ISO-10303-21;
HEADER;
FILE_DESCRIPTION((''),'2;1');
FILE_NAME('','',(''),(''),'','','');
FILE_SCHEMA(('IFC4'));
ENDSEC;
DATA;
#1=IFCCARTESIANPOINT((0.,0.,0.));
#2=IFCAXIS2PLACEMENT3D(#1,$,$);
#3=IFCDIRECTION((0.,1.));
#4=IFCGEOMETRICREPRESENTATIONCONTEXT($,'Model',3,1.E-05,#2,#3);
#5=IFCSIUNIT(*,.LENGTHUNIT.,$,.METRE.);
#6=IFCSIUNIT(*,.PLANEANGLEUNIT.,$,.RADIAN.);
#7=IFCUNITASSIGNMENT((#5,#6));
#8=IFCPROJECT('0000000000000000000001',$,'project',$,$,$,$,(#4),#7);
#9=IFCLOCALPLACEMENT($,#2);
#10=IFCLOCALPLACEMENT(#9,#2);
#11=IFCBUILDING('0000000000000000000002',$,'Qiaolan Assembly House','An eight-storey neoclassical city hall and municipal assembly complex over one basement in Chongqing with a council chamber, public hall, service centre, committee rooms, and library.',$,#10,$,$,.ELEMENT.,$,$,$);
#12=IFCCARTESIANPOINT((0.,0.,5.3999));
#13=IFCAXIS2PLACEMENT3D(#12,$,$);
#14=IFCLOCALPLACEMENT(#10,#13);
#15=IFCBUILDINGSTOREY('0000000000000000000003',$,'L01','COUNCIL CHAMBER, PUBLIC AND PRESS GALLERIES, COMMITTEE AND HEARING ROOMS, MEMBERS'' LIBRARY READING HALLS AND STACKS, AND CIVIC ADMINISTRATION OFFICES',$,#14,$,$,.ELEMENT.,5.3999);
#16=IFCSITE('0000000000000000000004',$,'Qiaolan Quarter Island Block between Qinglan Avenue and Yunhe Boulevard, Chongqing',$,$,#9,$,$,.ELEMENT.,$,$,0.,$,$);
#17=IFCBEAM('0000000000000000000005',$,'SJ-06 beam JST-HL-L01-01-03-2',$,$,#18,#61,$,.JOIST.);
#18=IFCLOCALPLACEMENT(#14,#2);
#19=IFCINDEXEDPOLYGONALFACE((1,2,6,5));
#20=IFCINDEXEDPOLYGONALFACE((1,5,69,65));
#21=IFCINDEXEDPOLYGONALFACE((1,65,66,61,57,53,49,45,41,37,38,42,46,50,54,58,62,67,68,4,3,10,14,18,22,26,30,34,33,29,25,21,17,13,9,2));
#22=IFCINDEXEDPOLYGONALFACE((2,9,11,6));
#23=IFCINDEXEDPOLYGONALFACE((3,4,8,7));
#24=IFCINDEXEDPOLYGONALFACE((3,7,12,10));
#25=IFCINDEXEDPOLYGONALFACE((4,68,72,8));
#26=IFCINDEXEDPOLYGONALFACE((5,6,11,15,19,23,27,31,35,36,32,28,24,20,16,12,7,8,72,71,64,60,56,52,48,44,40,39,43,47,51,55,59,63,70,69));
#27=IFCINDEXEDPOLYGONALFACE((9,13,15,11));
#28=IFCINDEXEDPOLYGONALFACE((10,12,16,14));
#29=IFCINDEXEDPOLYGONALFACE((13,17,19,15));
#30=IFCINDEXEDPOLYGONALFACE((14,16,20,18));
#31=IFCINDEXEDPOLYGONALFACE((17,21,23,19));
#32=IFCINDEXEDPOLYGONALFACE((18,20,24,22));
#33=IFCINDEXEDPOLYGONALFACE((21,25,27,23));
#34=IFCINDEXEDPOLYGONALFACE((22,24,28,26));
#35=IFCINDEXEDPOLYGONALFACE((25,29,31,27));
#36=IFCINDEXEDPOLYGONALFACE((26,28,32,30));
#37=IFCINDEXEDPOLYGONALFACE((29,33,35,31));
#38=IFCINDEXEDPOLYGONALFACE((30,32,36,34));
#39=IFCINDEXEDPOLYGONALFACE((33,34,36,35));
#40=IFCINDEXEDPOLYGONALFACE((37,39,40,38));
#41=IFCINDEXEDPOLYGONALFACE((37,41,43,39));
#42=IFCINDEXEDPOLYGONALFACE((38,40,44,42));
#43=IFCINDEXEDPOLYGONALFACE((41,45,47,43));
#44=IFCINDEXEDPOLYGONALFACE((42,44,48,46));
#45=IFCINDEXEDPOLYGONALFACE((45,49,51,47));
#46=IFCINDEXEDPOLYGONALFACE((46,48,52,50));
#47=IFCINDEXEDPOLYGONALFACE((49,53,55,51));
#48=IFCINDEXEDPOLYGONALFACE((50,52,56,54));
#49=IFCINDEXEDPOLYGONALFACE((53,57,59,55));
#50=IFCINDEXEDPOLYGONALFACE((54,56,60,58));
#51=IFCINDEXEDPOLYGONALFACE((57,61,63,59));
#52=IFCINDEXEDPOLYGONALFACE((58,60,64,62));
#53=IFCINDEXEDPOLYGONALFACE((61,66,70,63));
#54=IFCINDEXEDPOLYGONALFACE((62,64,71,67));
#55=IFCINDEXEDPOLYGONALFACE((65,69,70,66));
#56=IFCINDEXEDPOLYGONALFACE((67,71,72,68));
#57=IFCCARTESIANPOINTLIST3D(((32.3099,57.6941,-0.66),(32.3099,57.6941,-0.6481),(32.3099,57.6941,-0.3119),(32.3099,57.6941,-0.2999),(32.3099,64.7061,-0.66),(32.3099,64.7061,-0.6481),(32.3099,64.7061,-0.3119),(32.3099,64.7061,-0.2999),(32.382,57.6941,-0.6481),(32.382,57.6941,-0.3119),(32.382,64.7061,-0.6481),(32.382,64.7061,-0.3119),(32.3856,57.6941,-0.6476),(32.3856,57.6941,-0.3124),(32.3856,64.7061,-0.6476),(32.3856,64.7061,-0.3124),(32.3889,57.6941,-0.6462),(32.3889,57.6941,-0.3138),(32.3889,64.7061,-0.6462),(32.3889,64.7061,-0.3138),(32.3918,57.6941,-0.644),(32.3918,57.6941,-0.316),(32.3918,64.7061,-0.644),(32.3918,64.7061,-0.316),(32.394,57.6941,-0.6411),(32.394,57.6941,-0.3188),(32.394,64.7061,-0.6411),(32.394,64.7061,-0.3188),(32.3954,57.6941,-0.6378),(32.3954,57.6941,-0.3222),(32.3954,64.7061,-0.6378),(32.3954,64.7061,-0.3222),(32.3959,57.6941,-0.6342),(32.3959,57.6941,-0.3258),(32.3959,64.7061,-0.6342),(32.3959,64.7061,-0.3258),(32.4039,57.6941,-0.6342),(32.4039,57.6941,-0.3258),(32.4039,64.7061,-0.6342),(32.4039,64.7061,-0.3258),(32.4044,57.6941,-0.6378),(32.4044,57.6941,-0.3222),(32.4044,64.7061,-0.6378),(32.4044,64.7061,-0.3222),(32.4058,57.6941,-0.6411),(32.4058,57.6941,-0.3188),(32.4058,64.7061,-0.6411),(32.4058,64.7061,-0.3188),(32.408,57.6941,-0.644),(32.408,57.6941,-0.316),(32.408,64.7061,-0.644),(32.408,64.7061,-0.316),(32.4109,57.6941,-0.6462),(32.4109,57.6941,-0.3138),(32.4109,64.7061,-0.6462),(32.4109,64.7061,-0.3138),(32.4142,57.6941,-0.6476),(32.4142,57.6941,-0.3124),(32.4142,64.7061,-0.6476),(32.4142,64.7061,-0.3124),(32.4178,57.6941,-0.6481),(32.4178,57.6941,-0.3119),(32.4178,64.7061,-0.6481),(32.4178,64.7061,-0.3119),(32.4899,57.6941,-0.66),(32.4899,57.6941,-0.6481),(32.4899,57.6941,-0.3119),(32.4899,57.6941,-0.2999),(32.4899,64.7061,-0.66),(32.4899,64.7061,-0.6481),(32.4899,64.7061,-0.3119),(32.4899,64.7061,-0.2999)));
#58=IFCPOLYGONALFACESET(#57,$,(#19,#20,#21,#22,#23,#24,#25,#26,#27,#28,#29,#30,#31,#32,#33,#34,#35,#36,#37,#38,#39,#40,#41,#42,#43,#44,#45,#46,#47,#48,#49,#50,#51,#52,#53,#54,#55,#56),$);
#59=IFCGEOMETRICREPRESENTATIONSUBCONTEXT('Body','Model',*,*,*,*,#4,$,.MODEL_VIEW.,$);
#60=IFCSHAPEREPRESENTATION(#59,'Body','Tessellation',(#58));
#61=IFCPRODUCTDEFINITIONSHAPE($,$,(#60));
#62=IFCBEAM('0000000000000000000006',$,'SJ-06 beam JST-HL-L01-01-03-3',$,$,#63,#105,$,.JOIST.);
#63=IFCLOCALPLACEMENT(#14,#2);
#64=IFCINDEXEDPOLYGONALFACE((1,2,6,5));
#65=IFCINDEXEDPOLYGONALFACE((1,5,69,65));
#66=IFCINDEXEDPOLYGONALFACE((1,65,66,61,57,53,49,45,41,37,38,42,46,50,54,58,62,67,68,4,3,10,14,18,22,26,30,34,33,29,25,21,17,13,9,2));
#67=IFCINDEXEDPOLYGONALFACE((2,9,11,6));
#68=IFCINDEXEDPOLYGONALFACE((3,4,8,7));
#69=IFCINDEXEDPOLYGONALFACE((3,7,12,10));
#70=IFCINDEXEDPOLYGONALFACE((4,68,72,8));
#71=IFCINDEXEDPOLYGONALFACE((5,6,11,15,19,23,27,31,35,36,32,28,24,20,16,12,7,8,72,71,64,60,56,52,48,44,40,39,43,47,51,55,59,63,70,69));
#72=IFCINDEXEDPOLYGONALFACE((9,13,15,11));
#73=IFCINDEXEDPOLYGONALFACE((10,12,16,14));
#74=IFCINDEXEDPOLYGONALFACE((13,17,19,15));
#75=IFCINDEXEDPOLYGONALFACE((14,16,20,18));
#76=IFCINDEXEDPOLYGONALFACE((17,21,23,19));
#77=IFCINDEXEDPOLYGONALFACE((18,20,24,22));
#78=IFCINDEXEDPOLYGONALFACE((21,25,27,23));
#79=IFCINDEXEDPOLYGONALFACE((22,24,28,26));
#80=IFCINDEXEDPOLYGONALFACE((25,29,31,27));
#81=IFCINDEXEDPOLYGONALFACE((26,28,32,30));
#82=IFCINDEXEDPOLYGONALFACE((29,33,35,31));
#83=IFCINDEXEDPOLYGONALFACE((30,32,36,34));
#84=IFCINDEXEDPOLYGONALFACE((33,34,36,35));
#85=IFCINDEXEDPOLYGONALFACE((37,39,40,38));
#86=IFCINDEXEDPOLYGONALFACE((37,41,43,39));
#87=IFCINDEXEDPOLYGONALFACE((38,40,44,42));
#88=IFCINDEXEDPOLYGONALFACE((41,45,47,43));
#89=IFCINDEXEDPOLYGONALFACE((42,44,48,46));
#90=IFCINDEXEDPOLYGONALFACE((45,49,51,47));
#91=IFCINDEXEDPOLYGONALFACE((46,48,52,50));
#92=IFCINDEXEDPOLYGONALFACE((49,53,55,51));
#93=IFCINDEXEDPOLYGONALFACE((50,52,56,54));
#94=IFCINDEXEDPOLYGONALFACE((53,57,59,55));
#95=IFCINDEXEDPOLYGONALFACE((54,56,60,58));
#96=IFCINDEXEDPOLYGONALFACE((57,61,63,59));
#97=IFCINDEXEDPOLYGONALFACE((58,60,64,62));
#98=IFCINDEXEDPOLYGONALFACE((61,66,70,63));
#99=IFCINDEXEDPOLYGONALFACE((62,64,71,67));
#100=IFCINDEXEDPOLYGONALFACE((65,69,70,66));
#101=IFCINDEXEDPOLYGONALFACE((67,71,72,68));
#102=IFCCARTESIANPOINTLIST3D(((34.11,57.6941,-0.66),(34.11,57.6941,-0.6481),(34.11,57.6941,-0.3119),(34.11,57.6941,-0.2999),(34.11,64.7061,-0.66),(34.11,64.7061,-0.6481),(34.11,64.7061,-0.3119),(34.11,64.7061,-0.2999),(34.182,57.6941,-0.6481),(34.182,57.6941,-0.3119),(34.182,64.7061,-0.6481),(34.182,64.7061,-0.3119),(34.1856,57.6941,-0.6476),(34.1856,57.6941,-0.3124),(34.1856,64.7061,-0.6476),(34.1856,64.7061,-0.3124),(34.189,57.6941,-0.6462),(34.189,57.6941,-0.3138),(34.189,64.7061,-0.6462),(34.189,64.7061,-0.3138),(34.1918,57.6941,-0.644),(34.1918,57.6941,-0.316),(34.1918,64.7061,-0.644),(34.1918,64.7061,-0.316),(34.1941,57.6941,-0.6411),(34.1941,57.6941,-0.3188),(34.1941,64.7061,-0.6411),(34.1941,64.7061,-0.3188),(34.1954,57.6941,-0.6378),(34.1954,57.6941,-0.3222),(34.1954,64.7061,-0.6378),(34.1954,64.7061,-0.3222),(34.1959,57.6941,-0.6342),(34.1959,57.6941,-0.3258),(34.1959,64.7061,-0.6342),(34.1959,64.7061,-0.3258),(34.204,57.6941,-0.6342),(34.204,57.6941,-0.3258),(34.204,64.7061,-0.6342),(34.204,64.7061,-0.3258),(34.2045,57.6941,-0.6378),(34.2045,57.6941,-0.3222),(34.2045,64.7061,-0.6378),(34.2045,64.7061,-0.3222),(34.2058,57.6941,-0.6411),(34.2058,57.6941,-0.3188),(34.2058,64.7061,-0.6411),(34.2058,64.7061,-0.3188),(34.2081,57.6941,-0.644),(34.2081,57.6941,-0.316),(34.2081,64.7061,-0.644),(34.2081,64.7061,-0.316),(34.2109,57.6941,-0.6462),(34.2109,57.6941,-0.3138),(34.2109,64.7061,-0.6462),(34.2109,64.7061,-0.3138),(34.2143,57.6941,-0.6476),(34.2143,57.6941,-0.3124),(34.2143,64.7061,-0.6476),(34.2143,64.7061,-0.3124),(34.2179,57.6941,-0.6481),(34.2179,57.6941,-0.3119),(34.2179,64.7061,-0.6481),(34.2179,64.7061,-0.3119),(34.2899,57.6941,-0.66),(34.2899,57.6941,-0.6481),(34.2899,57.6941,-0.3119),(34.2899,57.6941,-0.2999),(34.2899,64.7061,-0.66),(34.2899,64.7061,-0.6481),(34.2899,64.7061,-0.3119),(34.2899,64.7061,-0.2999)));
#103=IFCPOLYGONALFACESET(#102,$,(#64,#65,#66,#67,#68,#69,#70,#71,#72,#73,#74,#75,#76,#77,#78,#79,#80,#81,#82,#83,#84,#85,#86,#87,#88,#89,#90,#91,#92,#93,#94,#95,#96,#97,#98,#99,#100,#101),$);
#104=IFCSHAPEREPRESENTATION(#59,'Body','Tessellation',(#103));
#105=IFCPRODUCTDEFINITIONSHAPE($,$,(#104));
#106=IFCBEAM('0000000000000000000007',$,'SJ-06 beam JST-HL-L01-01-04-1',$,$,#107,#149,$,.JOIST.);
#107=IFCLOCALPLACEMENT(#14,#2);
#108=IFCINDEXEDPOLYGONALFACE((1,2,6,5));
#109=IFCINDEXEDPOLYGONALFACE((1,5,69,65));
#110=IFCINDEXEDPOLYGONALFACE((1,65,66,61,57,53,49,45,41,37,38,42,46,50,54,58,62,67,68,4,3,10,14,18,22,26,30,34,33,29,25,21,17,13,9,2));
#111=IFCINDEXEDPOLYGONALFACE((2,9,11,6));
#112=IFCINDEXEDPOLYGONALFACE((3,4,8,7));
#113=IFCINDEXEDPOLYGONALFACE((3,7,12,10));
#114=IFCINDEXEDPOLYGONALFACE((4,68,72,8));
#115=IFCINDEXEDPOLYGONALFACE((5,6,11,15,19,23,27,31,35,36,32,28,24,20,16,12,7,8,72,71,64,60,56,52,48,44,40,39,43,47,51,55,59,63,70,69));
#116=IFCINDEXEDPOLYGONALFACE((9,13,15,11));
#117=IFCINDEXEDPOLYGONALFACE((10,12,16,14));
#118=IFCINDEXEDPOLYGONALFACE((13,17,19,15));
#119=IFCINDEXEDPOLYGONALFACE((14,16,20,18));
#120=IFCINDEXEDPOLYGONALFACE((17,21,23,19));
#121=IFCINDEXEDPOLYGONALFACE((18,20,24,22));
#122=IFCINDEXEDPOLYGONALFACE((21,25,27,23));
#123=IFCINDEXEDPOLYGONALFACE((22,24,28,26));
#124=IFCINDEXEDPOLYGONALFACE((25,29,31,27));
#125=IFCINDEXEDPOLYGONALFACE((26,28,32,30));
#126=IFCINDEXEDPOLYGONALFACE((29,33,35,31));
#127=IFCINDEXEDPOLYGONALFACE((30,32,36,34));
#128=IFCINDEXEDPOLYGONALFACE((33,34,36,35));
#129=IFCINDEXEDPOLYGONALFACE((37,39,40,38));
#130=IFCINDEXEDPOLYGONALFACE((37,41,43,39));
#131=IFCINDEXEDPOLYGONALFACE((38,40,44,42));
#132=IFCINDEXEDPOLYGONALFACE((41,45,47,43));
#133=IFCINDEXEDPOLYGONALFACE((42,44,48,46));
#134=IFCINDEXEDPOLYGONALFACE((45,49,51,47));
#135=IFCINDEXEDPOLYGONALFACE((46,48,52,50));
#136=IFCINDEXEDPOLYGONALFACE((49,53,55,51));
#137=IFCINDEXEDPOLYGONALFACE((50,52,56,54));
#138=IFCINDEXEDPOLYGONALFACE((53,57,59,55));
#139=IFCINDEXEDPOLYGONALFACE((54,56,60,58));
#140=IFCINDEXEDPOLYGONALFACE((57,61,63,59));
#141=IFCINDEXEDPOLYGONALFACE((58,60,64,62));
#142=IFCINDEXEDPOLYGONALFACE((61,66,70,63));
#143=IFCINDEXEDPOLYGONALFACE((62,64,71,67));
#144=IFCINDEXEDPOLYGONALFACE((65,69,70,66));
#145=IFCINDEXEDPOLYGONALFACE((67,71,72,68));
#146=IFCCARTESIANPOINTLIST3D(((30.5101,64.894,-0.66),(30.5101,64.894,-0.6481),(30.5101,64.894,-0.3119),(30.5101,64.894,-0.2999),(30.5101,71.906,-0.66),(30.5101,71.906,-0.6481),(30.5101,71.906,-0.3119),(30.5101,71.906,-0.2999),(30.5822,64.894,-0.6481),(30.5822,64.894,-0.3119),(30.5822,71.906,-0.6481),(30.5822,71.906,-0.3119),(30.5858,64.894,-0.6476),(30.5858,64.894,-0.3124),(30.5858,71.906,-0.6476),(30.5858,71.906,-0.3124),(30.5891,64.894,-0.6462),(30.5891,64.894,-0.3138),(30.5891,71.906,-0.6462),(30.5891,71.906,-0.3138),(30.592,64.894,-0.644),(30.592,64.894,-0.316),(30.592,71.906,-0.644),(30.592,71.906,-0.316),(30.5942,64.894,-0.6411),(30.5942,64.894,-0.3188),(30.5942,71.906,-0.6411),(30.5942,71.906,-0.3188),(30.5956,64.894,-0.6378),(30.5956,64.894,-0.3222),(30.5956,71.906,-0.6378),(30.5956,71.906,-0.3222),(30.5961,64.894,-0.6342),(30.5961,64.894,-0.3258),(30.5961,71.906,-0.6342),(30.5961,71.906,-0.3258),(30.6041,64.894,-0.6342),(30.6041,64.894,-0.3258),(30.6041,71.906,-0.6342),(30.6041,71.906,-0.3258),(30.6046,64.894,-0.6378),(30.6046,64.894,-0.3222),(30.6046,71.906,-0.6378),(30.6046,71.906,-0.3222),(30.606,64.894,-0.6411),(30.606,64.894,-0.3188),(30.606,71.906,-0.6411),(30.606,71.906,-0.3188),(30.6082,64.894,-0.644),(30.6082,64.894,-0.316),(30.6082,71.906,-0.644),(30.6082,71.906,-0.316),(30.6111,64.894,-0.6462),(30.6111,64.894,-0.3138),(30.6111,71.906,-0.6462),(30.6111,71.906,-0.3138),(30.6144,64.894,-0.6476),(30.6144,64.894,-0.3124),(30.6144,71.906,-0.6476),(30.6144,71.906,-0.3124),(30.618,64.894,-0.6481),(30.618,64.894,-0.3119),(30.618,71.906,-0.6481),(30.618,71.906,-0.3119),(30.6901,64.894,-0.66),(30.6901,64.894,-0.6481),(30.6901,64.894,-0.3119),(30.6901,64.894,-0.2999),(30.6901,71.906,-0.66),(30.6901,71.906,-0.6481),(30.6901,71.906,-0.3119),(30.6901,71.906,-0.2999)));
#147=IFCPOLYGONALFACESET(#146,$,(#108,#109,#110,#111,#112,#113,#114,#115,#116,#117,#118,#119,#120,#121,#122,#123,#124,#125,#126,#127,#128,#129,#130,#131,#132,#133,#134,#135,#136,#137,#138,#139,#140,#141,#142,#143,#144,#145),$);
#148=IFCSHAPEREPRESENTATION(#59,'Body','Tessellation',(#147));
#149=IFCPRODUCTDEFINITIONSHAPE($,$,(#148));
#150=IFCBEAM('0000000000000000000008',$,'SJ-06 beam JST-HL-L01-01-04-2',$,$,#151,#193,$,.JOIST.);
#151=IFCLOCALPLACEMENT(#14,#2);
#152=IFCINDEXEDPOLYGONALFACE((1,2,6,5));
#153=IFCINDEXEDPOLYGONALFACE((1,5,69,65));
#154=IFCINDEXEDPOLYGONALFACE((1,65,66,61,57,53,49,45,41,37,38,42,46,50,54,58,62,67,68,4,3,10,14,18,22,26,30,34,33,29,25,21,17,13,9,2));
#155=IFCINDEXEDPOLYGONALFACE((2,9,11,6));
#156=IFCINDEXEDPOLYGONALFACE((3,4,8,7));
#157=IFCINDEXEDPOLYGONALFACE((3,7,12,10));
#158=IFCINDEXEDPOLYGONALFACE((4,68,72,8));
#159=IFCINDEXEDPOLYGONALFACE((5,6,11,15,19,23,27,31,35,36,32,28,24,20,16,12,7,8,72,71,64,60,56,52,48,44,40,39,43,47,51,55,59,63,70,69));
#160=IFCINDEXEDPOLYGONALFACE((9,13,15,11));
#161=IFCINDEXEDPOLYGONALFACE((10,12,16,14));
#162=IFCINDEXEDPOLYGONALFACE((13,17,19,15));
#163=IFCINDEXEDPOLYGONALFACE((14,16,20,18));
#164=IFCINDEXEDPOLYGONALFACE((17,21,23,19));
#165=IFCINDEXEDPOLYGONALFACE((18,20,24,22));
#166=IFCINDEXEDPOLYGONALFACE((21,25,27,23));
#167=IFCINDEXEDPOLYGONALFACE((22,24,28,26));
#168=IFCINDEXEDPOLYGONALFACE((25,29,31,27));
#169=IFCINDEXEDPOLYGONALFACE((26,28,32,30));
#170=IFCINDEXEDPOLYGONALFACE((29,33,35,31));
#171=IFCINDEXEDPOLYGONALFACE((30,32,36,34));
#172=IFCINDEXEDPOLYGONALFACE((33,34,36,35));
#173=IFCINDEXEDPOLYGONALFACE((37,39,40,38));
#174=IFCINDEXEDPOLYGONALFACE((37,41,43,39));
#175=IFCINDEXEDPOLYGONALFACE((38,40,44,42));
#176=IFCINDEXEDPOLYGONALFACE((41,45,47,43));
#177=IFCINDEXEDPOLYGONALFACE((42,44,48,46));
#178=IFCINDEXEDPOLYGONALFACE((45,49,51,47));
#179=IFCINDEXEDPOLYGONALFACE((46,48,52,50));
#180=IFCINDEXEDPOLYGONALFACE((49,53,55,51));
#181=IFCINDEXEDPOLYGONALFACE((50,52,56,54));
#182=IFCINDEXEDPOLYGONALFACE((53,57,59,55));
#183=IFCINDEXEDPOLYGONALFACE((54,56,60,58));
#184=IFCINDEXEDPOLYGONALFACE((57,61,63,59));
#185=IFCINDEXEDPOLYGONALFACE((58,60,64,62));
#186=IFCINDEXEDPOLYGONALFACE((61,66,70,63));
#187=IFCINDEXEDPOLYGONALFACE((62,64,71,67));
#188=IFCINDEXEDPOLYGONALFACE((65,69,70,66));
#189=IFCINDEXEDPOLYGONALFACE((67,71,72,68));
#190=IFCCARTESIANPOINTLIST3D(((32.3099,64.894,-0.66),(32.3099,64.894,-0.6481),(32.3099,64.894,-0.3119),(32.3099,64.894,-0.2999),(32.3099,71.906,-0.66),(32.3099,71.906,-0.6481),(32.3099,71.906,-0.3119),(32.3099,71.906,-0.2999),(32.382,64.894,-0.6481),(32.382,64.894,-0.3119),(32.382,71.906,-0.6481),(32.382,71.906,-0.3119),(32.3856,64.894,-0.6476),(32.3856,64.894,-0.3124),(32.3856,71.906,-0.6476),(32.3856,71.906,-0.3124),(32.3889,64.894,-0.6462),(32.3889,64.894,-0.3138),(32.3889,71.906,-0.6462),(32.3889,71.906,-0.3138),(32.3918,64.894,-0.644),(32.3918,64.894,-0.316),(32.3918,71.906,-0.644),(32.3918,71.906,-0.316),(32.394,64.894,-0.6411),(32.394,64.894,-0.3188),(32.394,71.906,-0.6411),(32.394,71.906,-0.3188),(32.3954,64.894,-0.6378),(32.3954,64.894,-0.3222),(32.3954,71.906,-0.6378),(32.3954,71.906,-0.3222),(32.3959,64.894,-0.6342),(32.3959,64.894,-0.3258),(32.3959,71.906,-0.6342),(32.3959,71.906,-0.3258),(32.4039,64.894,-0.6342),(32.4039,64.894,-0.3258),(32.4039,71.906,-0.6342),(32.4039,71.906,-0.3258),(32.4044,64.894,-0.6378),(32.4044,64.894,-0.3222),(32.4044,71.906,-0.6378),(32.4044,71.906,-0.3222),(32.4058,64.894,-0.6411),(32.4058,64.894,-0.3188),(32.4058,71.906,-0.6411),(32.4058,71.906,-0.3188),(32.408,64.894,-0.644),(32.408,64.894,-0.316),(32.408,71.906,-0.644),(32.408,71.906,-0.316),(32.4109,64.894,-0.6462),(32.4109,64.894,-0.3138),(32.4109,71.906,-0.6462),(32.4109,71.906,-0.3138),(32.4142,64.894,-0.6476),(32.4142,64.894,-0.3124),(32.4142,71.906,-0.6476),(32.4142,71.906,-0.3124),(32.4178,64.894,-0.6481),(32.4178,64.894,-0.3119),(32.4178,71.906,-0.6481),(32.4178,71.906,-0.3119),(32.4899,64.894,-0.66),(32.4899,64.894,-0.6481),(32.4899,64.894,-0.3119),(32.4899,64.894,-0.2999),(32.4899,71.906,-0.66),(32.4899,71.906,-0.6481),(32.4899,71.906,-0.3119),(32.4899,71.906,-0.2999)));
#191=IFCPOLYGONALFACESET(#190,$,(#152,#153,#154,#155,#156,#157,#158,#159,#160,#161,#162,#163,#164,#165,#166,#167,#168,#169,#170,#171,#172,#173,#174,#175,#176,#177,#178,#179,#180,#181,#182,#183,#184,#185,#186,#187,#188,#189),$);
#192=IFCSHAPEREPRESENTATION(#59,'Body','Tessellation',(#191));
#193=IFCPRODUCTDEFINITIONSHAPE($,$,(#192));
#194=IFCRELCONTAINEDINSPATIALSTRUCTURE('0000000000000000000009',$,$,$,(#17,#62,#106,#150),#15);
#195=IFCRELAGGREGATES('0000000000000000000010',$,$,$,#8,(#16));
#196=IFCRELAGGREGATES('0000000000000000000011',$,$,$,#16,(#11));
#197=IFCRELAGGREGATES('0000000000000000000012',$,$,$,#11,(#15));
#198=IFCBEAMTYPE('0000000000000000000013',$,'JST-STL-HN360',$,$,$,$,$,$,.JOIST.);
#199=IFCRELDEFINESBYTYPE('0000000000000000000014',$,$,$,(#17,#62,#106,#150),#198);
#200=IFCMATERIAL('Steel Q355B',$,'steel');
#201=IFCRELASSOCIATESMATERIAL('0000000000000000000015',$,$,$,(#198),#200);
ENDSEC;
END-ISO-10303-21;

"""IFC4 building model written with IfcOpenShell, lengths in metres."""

from ifc_helpers import new_model, si_unit, direction, frame, origin, origin_2d, place, context, subcontext, project, spatial, i_section, extrude, material, material_profile, profile_set, type_object, element, save


model = new_model("IFC4")

# Units and contexts
model_context = context("Model", 3, precision=1e-05, world=origin(), true_north=direction((0.0, 1.0)))
body_context = subcontext(model_context, "Body", "Model", "MODEL_VIEW")
ifc_project = project(units=[si_unit("LENGTHUNIT", "METRE"), si_unit("PLANEANGLEUNIT", "RADIAN")], contexts=[model_context])

# Site, building, storey
site_placement = place(None, origin())
site = spatial("IfcSite", under=ifc_project, at=site_placement, Name="Qiaolan Quarter Island Block between Qinglan Avenue and Yunhe Boulevard, Chongqing", CompositionType="ELEMENT", RefElevation=0.0)
building_placement = place(site_placement, origin())
building = spatial("IfcBuilding", under=site, at=building_placement, Name="Qiaolan Assembly House", Description="An eight-storey neoclassical city hall and municipal assembly complex over one basement in Chongqing with a council chamber, public hall, service centre, committee rooms, and library.", CompositionType="ELEMENT")
storey_placement = place(building_placement, frame((0.0, 0.0, 5.3999)))
storey = spatial("IfcBuildingStorey", under=building, at=storey_placement, Name="L01", Description="COUNCIL CHAMBER, PUBLIC AND PRESS GALLERIES, COMMITTEE AND HEARING ROOMS, MEMBERS' LIBRARY READING HALLS AND STACKS, AND CIVIC ADMINISTRATION OFFICES", CompositionType="ELEMENT", Elevation=5.3999)

# Shared definitions
ifc_material = material(Name="Steel Q355B", Category="steel")

# Beams
ifc_material_profile_1 = material_profile(ifc_material, i_section(OverallWidth=0.1799, OverallDepth=0.3601, WebThickness=0.0081, FlangeThickness=0.012, FilletRadius=0.0139, at=origin_2d()), Name="HN 360x180x8x12")
ifc_profile_set_1 = profile_set([ifc_material_profile_1], Name="Steel Q355B")
beam_type_1 = type_object("IfcBeamType", Name="JST-STL-HN360", PredefinedType="JOIST", material=ifc_profile_set_1)
for number, where, z_axis, x_axis, name in (
    (1, (32.3999, 57.6941, -0.48), (0.0, 1.0, 0.0), (-1.0, 0.0, 0.0), "SJ-06 beam JST-HL-L01-01-03-2"),
    (2, (34.2, 57.6941, -0.48), (0.0, 1.0, 0.0), (-1.0, 0.0, 0.0), "SJ-06 beam JST-HL-L01-01-03-3"),
    (3, (30.6001, 64.894, -0.48), (0.0, 1.0, 0.0), (-1.0, 0.0, 0.0), "SJ-06 beam JST-HL-L01-01-04-1"),
    (4, (32.3999, 64.894, -0.48), (0.0, 1.0, 0.0), (-1.0, 0.0, 0.0), "SJ-06 beam JST-HL-L01-01-04-2"),
):
    element("IfcBeam", number, at=place(storey_placement, frame(where, z_axis=z_axis, x_axis=x_axis)), inside=storey, type_object=beam_type_1, Name=name, PredefinedType="JOIST", context=body_context, shape_type="SweptSolid", body=[
        extrude(i_section(OverallWidth=0.1799, OverallDepth=0.3601, WebThickness=0.0081, FlangeThickness=0.012, FilletRadius=0.0139, at=origin_2d()), origin(), (0.0, 0.0, 1.0), 7.012),
    ])

save(model, "model.ifc")
